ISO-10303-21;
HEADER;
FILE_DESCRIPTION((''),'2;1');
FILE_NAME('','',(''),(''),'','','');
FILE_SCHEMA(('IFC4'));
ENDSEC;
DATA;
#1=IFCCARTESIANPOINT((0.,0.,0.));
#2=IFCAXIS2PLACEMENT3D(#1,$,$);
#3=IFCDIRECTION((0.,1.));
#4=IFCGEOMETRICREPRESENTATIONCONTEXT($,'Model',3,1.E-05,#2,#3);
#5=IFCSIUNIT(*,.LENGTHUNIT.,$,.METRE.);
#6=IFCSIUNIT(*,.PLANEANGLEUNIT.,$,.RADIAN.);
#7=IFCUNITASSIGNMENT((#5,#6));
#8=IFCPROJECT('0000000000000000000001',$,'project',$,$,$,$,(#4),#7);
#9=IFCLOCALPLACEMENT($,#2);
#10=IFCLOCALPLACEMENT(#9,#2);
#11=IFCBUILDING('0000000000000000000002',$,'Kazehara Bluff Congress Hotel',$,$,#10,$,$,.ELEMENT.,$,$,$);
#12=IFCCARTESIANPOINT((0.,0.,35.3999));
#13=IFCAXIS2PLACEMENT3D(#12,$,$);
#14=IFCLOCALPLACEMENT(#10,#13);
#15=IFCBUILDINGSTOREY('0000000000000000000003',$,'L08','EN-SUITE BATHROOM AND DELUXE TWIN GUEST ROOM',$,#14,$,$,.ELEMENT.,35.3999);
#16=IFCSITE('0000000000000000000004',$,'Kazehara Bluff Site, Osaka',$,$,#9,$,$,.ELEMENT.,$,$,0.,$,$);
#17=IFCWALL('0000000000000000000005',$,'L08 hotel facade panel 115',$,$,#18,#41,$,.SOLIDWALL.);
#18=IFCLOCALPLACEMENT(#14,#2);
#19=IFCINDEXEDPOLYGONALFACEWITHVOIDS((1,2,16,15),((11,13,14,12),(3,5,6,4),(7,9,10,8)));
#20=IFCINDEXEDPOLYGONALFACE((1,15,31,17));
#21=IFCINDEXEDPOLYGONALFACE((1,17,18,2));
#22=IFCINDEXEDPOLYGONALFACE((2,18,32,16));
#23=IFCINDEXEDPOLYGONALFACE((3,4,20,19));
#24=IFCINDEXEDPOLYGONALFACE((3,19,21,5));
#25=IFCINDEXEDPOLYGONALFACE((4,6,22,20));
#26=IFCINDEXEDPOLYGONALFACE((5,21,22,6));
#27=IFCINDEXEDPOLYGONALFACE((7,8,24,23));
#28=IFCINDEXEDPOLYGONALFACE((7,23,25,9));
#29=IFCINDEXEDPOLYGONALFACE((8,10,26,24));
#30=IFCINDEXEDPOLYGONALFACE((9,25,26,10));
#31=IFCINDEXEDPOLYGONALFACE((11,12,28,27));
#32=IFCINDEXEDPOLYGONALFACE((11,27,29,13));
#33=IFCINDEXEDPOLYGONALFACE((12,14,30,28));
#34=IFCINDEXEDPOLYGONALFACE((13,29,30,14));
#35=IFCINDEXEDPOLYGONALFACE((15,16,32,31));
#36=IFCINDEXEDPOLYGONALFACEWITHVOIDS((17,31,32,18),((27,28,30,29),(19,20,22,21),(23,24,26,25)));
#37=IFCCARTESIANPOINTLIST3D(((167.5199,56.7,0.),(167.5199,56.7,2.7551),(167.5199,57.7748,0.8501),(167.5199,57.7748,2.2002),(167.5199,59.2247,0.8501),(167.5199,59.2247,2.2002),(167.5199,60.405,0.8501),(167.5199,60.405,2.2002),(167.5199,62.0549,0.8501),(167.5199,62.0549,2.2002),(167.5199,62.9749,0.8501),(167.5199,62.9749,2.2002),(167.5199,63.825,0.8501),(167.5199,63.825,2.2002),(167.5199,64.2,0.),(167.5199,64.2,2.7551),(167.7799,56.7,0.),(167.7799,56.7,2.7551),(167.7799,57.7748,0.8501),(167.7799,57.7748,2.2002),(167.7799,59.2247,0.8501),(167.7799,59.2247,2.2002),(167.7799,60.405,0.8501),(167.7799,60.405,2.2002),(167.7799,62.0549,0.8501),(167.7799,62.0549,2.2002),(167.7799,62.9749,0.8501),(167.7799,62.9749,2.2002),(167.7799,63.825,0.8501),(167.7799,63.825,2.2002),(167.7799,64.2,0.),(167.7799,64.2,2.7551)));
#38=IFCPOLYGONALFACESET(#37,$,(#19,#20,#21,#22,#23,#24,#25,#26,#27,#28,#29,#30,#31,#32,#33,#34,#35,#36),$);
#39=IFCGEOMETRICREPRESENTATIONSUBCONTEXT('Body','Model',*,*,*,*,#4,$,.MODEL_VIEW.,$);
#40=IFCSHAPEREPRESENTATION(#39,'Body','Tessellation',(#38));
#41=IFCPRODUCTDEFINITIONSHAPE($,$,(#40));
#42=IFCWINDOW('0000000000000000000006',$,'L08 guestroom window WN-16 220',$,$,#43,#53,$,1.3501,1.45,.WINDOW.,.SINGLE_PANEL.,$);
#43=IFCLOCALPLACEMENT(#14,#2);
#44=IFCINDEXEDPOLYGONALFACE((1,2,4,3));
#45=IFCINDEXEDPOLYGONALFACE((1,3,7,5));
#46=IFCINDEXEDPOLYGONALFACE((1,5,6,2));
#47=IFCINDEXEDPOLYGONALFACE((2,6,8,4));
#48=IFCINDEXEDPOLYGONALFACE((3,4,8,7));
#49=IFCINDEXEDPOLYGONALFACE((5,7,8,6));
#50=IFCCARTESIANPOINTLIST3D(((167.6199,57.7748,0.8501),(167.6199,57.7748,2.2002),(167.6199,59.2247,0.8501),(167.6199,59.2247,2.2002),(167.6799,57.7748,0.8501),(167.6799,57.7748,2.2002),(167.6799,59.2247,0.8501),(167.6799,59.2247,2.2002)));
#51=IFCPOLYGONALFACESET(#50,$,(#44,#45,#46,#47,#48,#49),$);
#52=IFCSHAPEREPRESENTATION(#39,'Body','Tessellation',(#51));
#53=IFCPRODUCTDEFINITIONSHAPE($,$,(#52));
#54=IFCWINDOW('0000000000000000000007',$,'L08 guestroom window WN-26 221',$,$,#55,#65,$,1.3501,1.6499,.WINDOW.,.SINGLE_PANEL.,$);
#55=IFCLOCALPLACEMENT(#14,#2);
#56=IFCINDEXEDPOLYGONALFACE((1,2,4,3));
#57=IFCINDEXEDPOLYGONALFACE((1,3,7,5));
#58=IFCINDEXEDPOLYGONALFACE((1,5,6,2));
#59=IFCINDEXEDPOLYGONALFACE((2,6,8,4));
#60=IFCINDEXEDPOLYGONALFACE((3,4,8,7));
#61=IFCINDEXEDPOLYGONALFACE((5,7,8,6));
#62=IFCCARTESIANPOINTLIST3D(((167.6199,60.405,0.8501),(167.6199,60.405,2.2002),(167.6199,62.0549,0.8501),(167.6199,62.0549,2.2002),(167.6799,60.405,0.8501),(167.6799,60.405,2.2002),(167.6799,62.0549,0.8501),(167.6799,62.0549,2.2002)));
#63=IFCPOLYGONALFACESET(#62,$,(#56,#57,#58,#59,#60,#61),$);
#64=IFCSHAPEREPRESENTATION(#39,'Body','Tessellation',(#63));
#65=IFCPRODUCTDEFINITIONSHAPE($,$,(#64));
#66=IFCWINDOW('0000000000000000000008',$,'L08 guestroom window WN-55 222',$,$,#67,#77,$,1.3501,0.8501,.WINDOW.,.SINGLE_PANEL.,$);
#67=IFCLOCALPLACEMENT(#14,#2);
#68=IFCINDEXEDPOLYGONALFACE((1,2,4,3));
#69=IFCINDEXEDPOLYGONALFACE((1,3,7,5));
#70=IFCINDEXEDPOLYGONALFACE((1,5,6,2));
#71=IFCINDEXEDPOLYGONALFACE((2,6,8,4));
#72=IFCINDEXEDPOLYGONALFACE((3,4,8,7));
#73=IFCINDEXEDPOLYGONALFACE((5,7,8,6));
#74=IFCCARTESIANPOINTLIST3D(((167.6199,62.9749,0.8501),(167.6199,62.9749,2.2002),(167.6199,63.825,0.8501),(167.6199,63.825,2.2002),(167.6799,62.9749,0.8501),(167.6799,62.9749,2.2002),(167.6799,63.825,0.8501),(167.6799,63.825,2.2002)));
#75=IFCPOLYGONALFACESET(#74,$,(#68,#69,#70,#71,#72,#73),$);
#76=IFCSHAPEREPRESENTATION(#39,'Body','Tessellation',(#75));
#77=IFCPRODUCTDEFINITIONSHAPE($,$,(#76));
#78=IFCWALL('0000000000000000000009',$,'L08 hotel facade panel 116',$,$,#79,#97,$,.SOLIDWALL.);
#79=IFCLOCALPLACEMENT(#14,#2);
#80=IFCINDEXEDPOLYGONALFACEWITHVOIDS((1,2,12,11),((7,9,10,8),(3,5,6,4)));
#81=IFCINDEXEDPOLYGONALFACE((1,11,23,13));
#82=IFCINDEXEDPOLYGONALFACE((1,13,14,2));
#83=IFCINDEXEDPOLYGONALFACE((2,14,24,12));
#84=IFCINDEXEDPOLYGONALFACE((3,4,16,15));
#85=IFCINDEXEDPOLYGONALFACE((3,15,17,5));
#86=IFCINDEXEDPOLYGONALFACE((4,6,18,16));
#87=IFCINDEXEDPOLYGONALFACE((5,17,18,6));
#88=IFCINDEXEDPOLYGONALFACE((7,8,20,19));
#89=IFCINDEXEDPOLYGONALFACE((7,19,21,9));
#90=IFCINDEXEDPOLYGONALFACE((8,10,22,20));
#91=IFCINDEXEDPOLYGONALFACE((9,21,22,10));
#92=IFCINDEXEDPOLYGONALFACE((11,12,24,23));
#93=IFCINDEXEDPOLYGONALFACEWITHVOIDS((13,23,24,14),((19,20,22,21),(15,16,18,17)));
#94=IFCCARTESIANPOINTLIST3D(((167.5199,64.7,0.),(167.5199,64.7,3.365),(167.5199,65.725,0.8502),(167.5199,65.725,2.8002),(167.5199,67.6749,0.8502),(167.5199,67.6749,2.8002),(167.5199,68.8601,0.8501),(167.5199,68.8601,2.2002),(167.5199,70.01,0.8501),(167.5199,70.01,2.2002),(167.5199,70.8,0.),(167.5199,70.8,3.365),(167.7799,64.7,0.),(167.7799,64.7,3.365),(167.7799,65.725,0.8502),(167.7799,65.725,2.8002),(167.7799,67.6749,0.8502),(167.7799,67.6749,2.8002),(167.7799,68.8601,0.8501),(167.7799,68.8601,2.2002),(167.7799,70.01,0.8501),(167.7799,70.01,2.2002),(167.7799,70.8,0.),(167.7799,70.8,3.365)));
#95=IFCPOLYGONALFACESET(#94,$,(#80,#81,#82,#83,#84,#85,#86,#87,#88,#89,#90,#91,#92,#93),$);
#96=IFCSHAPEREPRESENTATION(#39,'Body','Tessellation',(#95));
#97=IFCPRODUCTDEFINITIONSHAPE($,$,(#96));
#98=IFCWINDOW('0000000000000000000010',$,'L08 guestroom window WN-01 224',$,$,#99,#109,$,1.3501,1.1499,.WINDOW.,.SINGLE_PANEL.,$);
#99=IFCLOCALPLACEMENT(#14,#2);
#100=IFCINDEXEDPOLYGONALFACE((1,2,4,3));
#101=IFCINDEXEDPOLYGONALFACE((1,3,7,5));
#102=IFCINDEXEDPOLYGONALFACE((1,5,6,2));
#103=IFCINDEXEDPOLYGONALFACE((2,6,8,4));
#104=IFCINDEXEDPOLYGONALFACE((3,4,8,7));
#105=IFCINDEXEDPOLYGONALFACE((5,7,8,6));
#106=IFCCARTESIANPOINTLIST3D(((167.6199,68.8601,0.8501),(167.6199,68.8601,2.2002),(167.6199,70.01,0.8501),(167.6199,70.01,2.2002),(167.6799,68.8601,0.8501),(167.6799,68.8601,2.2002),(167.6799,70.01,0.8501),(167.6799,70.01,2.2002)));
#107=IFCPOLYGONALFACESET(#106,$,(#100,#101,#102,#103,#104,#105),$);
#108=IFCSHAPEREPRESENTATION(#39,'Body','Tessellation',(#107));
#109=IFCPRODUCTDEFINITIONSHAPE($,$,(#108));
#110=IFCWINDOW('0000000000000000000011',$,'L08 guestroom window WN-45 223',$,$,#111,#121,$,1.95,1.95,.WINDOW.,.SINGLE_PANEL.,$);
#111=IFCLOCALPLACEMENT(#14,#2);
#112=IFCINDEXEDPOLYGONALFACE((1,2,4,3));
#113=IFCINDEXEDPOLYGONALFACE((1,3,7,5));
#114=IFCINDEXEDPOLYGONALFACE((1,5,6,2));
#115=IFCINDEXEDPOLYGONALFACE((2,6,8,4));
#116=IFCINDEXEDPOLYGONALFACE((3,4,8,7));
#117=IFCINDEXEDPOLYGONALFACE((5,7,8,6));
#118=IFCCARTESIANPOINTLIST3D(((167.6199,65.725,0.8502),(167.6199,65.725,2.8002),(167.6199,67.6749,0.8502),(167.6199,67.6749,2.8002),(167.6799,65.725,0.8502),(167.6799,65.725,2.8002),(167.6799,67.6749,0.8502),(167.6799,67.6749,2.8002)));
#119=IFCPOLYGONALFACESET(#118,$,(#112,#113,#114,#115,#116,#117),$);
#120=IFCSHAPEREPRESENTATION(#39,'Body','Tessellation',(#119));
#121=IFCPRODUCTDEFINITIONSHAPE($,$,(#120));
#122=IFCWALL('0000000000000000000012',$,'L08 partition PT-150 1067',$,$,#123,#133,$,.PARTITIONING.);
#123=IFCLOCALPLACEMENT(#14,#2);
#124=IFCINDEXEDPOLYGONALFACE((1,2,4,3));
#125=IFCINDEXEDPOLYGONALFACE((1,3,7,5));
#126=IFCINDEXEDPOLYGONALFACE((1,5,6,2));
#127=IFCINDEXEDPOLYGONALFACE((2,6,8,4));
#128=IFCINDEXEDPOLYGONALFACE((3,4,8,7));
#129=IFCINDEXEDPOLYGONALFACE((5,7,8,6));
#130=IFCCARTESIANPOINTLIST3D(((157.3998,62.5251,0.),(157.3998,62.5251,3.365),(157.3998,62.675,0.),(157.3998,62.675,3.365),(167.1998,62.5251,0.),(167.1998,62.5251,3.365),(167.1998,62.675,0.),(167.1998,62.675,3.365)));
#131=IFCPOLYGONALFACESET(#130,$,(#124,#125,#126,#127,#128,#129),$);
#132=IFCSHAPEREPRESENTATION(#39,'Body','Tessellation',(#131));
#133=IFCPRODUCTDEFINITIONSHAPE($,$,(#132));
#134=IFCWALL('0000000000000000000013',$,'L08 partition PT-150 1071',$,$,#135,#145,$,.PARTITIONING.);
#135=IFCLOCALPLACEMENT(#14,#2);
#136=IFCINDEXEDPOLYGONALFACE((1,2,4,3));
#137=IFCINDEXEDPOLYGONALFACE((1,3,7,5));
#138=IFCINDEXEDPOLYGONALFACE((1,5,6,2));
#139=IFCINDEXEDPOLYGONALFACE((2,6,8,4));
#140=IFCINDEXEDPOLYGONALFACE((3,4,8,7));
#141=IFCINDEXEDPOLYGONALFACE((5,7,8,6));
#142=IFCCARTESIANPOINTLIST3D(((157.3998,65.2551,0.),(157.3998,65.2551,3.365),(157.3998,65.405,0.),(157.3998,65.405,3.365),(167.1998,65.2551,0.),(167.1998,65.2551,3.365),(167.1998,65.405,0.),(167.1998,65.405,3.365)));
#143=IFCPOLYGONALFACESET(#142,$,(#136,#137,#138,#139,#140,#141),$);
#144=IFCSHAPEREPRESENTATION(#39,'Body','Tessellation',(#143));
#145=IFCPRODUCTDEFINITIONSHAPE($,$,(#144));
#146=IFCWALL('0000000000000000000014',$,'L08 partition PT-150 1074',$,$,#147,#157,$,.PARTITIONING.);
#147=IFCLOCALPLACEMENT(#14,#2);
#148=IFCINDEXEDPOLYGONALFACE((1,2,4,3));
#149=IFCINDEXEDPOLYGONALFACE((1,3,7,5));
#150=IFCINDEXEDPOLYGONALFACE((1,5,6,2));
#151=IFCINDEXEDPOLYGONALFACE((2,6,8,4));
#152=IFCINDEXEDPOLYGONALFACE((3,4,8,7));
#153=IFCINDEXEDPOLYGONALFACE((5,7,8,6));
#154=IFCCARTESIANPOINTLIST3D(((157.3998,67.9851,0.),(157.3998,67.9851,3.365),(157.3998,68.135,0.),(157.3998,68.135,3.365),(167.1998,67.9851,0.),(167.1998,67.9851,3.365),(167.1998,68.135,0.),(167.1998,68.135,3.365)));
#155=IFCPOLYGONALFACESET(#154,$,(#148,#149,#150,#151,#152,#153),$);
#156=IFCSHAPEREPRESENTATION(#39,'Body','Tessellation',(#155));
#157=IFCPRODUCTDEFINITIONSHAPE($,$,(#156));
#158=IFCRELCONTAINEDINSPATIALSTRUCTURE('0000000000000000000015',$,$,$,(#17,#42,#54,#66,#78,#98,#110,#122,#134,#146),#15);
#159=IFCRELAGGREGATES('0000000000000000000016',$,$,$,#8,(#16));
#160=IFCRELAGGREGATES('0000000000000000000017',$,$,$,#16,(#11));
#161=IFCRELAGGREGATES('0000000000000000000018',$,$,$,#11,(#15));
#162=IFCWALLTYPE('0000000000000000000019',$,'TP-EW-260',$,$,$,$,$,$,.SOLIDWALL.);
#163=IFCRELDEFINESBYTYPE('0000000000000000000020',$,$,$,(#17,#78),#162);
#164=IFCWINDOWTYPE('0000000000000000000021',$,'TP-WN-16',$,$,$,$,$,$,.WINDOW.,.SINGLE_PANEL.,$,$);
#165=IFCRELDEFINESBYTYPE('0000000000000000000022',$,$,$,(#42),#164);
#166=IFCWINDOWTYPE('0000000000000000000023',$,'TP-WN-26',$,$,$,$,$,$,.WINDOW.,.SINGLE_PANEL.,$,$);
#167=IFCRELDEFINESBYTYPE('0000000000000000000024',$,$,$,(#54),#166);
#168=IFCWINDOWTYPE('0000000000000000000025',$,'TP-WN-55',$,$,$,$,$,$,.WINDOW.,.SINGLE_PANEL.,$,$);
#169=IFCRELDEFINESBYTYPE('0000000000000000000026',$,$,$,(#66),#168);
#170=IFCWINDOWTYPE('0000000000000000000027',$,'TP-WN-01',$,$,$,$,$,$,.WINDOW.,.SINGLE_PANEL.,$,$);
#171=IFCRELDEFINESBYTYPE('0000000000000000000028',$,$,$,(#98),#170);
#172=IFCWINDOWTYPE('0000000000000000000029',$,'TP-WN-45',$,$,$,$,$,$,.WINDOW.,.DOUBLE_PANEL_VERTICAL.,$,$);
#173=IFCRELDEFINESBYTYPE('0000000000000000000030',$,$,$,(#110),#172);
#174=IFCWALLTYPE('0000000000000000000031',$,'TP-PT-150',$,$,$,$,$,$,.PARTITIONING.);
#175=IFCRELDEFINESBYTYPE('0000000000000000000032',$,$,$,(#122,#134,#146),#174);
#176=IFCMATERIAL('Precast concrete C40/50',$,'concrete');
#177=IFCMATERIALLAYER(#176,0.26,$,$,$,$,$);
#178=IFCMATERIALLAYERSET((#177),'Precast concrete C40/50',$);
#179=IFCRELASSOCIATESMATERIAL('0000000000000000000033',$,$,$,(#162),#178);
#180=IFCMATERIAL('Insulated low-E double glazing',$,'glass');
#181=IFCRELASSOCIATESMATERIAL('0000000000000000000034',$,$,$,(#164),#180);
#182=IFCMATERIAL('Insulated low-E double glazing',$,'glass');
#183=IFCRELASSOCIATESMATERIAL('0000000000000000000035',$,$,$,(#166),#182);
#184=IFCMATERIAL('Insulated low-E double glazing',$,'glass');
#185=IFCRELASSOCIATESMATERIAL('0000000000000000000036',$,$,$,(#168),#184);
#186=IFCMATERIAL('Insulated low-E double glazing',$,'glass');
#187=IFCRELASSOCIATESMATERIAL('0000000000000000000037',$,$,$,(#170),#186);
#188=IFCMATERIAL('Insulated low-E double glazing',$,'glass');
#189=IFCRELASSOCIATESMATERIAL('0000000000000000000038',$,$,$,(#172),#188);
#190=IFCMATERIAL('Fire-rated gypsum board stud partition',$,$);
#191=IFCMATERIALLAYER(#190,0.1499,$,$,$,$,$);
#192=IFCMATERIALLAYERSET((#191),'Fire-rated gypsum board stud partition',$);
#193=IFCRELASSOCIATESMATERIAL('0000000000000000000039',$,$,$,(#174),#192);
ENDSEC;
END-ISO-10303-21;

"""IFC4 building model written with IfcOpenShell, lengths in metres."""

from ifc_helpers import new_model, si_unit, direction, frame, frame_2d, origin, place, context, subcontext, project, spatial, rectangle, extrude, material, layer, layer_set, type_object, element, fill, save


model = new_model("IFC4")

# Units and contexts
model_context = context("Model", 3, precision=1e-05, world=origin(), true_north=direction((0.0, 1.0)))
body_context = subcontext(model_context, "Body", "Model", "MODEL_VIEW")
ifc_project = project(units=[si_unit("LENGTHUNIT", "METRE"), si_unit("PLANEANGLEUNIT", "RADIAN")], contexts=[model_context])

# Site, building, storey
site_placement = place(None, origin())
site = spatial("IfcSite", under=ifc_project, at=site_placement, Name="Kazehara Bluff Site, Osaka", CompositionType="ELEMENT", RefElevation=0.0)
building_placement = place(site_placement, origin())
building = spatial("IfcBuilding", under=site, at=building_placement, Name="Kazehara Bluff Congress Hotel", CompositionType="ELEMENT")
storey_placement = place(building_placement, frame((0.0, 0.0, 35.3999)))
storey = spatial("IfcBuildingStorey", under=building, at=storey_placement, Name="L08", Description="EN-SUITE BATHROOM AND DELUXE TWIN GUEST ROOM", CompositionType="ELEMENT", Elevation=35.3999)

# Walls, openings, windows
ifc_material_1 = material(Name="Precast concrete C40/50", Category="concrete")
ifc_layer_1 = layer(ifc_material_1, 0.26)
ifc_layer_set_1 = layer_set([ifc_layer_1], Name="Precast concrete C40/50")
wall_type_1 = type_object("IfcWallType", Name="TP-EW-260", PredefinedType="SOLIDWALL", material=ifc_layer_set_1)
wall_1_placement = place(storey_placement, frame((167.6499, 64.2, 0.0), z_axis=(0.0, 0.0, 1.0), x_axis=(0.0, -1.0, 0.0)))
wall_1 = element("IfcWall", 1, at=wall_1_placement, inside=storey, type_object=wall_type_1, Name="L08 hotel facade panel 115", PredefinedType="SOLIDWALL", context=body_context, shape_type="SweptSolid", body=[
    extrude(rectangle(XDim=7.5, YDim=0.26, at=frame_2d((3.75, 0.0))), origin(), (0.0, 0.0, 1.0), 2.7551),
])
opening_1_placement = place(wall_1_placement, frame((4.9751, 0.0, 0.8501)))
opening_1 = element("IfcOpeningElement", 2, at=opening_1_placement, cuts=wall_1, PredefinedType="OPENING", context=body_context, shape_type="SweptSolid", body=[
    extrude(rectangle(XDim=1.45, YDim=1.3501, at=frame_2d((0.7251, 0.675))), frame((0.0, 0.1399, 0.0), z_axis=(0.0, -1.0, 0.0), x_axis=(1.0, 0.0, 0.0)), (0.0, 0.0, 1.0), 0.28),
])
opening_2_placement = place(wall_1_placement, frame((2.145, 0.0, 0.8501)))
opening_2 = element("IfcOpeningElement", 3, at=opening_2_placement, cuts=wall_1, PredefinedType="OPENING", context=body_context, shape_type="SweptSolid", body=[
    extrude(rectangle(XDim=1.6499, YDim=1.3501, at=frame_2d((0.825, 0.675))), frame((0.0, 0.1399, 0.0), z_axis=(0.0, -1.0, 0.0), x_axis=(1.0, 0.0, 0.0)), (0.0, 0.0, 1.0), 0.28),
])
opening_3_placement = place(wall_1_placement, frame((0.375, 0.0, 0.8501)))
opening_3 = element("IfcOpeningElement", 4, at=opening_3_placement, cuts=wall_1, PredefinedType="OPENING", context=body_context, shape_type="SweptSolid", body=[
    extrude(rectangle(XDim=0.8501, YDim=1.3501, at=frame_2d((0.425, 0.675))), frame((0.0, 0.1399, 0.0), z_axis=(0.0, -1.0, 0.0), x_axis=(1.0, 0.0, 0.0)), (0.0, 0.0, 1.0), 0.28),
])
ifc_material_2 = material(Name="Insulated low-E double glazing", Category="glass")
window_type_1 = type_object("IfcWindowType", Name="TP-WN-16", PartitioningType="SINGLE_PANEL", PredefinedType="WINDOW", material=ifc_material_2)
window_1_placement = place(opening_1_placement, origin())
window_1 = element("IfcWindow", 5, at=window_1_placement, inside=storey, type_object=window_type_1, Name="L08 guestroom window WN-16 220", OverallHeight=1.3501, OverallWidth=1.45, PartitioningType="SINGLE_PANEL", PredefinedType="WINDOW", context=body_context, shape_type="SweptSolid", body=[
    extrude(rectangle(XDim=1.45, YDim=1.3501, at=frame_2d((0.7251, 0.675))), frame((0.0, 0.03, 0.0), z_axis=(0.0, -1.0, 0.0), x_axis=(1.0, 0.0, 0.0)), (0.0, 0.0, 1.0), 0.0601),
])
fill(opening_1, window_1)
ifc_material_3 = material(Name="Insulated low-E double glazing", Category="glass")
window_type_2 = type_object("IfcWindowType", Name="TP-WN-26", PartitioningType="SINGLE_PANEL", PredefinedType="WINDOW", material=ifc_material_3)
window_2_placement = place(opening_2_placement, origin())
window_2 = element("IfcWindow", 6, at=window_2_placement, inside=storey, type_object=window_type_2, Name="L08 guestroom window WN-26 221", OverallHeight=1.3501, OverallWidth=1.6499, PartitioningType="SINGLE_PANEL", PredefinedType="WINDOW", context=body_context, shape_type="SweptSolid", body=[
    extrude(rectangle(XDim=1.6499, YDim=1.3501, at=frame_2d((0.825, 0.675))), frame((0.0, 0.03, 0.0), z_axis=(0.0, -1.0, 0.0), x_axis=(1.0, 0.0, 0.0)), (0.0, 0.0, 1.0), 0.0601),
])
fill(opening_2, window_2)
ifc_material_4 = material(Name="Insulated low-E double glazing", Category="glass")
window_type_3 = type_object("IfcWindowType", Name="TP-WN-55", PartitioningType="SINGLE_PANEL", PredefinedType="WINDOW", material=ifc_material_4)
window_3_placement = place(opening_3_placement, origin())
window_3 = element("IfcWindow", 7, at=window_3_placement, inside=storey, type_object=window_type_3, Name="L08 guestroom window WN-55 222", OverallHeight=1.3501, OverallWidth=0.8501, PartitioningType="SINGLE_PANEL", PredefinedType="WINDOW", context=body_context, shape_type="SweptSolid", body=[
    extrude(rectangle(XDim=0.8501, YDim=1.3501, at=frame_2d((0.425, 0.675))), frame((0.0, 0.03, 0.0), z_axis=(0.0, -1.0, 0.0), x_axis=(1.0, 0.0, 0.0)), (0.0, 0.0, 1.0), 0.0601),
])
fill(opening_3, window_3)
wall_2_placement = place(storey_placement, frame((167.6499, 70.8, 0.0), z_axis=(0.0, 0.0, 1.0), x_axis=(0.0, -1.0, 0.0)))
wall_2 = element("IfcWall", 8, at=wall_2_placement, inside=storey, type_object=wall_type_1, Name="L08 hotel facade panel 116", PredefinedType="SOLIDWALL", context=body_context, shape_type="SweptSolid", body=[
    extrude(rectangle(XDim=6.1001, YDim=0.26, at=frame_2d((3.05, 0.0))), origin(), (0.0, 0.0, 1.0), 3.365),
])
opening_4_placement = place(wall_2_placement, frame((3.125, 0.0, 0.8501)))
opening_4 = element("IfcOpeningElement", 9, at=opening_4_placement, cuts=wall_2, PredefinedType="OPENING", context=body_context, shape_type="SweptSolid", body=[
    extrude(rectangle(XDim=1.95, YDim=1.95, at=frame_2d((0.9751, 0.9751))), frame((0.0, 0.1399, 0.0), z_axis=(0.0, -1.0, 0.0), x_axis=(1.0, 0.0, 0.0)), (0.0, 0.0, 1.0), 0.28),
])
opening_5_placement = place(wall_2_placement, frame((0.79, 0.0, 0.8501)))
opening_5 = element("IfcOpeningElement", 10, at=opening_5_placement, cuts=wall_2, PredefinedType="OPENING", context=body_context, shape_type="SweptSolid", body=[
    extrude(rectangle(XDim=1.1499, YDim=1.3501, at=frame_2d((0.575, 0.675))), frame((0.0, 0.1399, 0.0), z_axis=(0.0, -1.0, 0.0), x_axis=(1.0, 0.0, 0.0)), (0.0, 0.0, 1.0), 0.28),
])
ifc_material_5 = material(Name="Insulated low-E double glazing", Category="glass")
window_type_4 = type_object("IfcWindowType", Name="TP-WN-01", PartitioningType="SINGLE_PANEL", PredefinedType="WINDOW", material=ifc_material_5)
window_4_placement = place(opening_5_placement, origin())
window_4 = element("IfcWindow", 11, at=window_4_placement, inside=storey, type_object=window_type_4, Name="L08 guestroom window WN-01 224", OverallHeight=1.3501, OverallWidth=1.1499, PartitioningType="SINGLE_PANEL", PredefinedType="WINDOW", context=body_context, shape_type="SweptSolid", body=[
    extrude(rectangle(XDim=1.1499, YDim=1.3501, at=frame_2d((0.575, 0.675))), frame((0.0, 0.03, 0.0), z_axis=(0.0, -1.0, 0.0), x_axis=(1.0, 0.0, 0.0)), (0.0, 0.0, 1.0), 0.0601),
])
fill(opening_5, window_4)
ifc_material_6 = material(Name="Insulated low-E double glazing", Category="glass")
window_type_5 = type_object("IfcWindowType", Name="TP-WN-45", PartitioningType="DOUBLE_PANEL_VERTICAL", PredefinedType="WINDOW", material=ifc_material_6)
window_5_placement = place(opening_4_placement, origin())
window_5 = element("IfcWindow", 12, at=window_5_placement, inside=storey, type_object=window_type_5, Name="L08 guestroom window WN-45 223", OverallHeight=1.95, OverallWidth=1.95, PartitioningType="SINGLE_PANEL", PredefinedType="WINDOW", context=body_context, shape_type="SweptSolid", body=[
    extrude(rectangle(XDim=1.95, YDim=1.95, at=frame_2d((0.9751, 0.9751))), frame((0.0, 0.03, 0.0), z_axis=(0.0, -1.0, 0.0), x_axis=(1.0, 0.0, 0.0)), (0.0, 0.0, 1.0), 0.0601),
])
fill(opening_4, window_5)

# Wall
ifc_material_7 = material(Name="Fire-rated gypsum board stud partition")
ifc_layer_2 = layer(ifc_material_7, 0.1499)
ifc_layer_set_2 = layer_set([ifc_layer_2], Name="Fire-rated gypsum board stud partition")
wall_type_2 = type_object("IfcWallType", Name="TP-PT-150", PredefinedType="PARTITIONING", material=ifc_layer_set_2)
wall_3_placement = place(storey_placement, frame((157.3999, 62.6001, 0.0), z_axis=(0.0, 0.0, 1.0), x_axis=(1.0, 0.0, 0.0)))
element("IfcWall", 13, at=wall_3_placement, inside=storey, type_object=wall_type_2, Name="L08 partition PT-150 1067", PredefinedType="PARTITIONING", context=body_context, shape_type="SweptSolid", body=[
    extrude(rectangle(XDim=9.8, YDim=0.1499, at=frame_2d((4.8999, 0.0))), origin(), (0.0, 0.0, 1.0), 3.365),
])

# Wall
wall_4_placement = place(storey_placement, frame((157.3999, 65.3301, 0.0), z_axis=(0.0, 0.0, 1.0), x_axis=(1.0, 0.0, 0.0)))
element("IfcWall", 14, at=wall_4_placement, inside=storey, type_object=wall_type_2, Name="L08 partition PT-150 1071", PredefinedType="PARTITIONING", context=body_context, shape_type="SweptSolid", body=[
    extrude(rectangle(XDim=9.8, YDim=0.1499, at=frame_2d((4.8999, 0.0))), origin(), (0.0, 0.0, 1.0), 3.365),
])

# Wall
wall_5_placement = place(storey_placement, frame((157.3999, 68.0601, 0.0), z_axis=(0.0, 0.0, 1.0), x_axis=(1.0, 0.0, 0.0)))
element("IfcWall", 15, at=wall_5_placement, inside=storey, type_object=wall_type_2, Name="L08 partition PT-150 1074", PredefinedType="PARTITIONING", context=body_context, shape_type="SweptSolid", body=[
    extrude(rectangle(XDim=9.8, YDim=0.1499, at=frame_2d((4.8999, 0.0))), origin(), (0.0, 0.0, 1.0), 3.365),
])

save(model, "model.ifc")
